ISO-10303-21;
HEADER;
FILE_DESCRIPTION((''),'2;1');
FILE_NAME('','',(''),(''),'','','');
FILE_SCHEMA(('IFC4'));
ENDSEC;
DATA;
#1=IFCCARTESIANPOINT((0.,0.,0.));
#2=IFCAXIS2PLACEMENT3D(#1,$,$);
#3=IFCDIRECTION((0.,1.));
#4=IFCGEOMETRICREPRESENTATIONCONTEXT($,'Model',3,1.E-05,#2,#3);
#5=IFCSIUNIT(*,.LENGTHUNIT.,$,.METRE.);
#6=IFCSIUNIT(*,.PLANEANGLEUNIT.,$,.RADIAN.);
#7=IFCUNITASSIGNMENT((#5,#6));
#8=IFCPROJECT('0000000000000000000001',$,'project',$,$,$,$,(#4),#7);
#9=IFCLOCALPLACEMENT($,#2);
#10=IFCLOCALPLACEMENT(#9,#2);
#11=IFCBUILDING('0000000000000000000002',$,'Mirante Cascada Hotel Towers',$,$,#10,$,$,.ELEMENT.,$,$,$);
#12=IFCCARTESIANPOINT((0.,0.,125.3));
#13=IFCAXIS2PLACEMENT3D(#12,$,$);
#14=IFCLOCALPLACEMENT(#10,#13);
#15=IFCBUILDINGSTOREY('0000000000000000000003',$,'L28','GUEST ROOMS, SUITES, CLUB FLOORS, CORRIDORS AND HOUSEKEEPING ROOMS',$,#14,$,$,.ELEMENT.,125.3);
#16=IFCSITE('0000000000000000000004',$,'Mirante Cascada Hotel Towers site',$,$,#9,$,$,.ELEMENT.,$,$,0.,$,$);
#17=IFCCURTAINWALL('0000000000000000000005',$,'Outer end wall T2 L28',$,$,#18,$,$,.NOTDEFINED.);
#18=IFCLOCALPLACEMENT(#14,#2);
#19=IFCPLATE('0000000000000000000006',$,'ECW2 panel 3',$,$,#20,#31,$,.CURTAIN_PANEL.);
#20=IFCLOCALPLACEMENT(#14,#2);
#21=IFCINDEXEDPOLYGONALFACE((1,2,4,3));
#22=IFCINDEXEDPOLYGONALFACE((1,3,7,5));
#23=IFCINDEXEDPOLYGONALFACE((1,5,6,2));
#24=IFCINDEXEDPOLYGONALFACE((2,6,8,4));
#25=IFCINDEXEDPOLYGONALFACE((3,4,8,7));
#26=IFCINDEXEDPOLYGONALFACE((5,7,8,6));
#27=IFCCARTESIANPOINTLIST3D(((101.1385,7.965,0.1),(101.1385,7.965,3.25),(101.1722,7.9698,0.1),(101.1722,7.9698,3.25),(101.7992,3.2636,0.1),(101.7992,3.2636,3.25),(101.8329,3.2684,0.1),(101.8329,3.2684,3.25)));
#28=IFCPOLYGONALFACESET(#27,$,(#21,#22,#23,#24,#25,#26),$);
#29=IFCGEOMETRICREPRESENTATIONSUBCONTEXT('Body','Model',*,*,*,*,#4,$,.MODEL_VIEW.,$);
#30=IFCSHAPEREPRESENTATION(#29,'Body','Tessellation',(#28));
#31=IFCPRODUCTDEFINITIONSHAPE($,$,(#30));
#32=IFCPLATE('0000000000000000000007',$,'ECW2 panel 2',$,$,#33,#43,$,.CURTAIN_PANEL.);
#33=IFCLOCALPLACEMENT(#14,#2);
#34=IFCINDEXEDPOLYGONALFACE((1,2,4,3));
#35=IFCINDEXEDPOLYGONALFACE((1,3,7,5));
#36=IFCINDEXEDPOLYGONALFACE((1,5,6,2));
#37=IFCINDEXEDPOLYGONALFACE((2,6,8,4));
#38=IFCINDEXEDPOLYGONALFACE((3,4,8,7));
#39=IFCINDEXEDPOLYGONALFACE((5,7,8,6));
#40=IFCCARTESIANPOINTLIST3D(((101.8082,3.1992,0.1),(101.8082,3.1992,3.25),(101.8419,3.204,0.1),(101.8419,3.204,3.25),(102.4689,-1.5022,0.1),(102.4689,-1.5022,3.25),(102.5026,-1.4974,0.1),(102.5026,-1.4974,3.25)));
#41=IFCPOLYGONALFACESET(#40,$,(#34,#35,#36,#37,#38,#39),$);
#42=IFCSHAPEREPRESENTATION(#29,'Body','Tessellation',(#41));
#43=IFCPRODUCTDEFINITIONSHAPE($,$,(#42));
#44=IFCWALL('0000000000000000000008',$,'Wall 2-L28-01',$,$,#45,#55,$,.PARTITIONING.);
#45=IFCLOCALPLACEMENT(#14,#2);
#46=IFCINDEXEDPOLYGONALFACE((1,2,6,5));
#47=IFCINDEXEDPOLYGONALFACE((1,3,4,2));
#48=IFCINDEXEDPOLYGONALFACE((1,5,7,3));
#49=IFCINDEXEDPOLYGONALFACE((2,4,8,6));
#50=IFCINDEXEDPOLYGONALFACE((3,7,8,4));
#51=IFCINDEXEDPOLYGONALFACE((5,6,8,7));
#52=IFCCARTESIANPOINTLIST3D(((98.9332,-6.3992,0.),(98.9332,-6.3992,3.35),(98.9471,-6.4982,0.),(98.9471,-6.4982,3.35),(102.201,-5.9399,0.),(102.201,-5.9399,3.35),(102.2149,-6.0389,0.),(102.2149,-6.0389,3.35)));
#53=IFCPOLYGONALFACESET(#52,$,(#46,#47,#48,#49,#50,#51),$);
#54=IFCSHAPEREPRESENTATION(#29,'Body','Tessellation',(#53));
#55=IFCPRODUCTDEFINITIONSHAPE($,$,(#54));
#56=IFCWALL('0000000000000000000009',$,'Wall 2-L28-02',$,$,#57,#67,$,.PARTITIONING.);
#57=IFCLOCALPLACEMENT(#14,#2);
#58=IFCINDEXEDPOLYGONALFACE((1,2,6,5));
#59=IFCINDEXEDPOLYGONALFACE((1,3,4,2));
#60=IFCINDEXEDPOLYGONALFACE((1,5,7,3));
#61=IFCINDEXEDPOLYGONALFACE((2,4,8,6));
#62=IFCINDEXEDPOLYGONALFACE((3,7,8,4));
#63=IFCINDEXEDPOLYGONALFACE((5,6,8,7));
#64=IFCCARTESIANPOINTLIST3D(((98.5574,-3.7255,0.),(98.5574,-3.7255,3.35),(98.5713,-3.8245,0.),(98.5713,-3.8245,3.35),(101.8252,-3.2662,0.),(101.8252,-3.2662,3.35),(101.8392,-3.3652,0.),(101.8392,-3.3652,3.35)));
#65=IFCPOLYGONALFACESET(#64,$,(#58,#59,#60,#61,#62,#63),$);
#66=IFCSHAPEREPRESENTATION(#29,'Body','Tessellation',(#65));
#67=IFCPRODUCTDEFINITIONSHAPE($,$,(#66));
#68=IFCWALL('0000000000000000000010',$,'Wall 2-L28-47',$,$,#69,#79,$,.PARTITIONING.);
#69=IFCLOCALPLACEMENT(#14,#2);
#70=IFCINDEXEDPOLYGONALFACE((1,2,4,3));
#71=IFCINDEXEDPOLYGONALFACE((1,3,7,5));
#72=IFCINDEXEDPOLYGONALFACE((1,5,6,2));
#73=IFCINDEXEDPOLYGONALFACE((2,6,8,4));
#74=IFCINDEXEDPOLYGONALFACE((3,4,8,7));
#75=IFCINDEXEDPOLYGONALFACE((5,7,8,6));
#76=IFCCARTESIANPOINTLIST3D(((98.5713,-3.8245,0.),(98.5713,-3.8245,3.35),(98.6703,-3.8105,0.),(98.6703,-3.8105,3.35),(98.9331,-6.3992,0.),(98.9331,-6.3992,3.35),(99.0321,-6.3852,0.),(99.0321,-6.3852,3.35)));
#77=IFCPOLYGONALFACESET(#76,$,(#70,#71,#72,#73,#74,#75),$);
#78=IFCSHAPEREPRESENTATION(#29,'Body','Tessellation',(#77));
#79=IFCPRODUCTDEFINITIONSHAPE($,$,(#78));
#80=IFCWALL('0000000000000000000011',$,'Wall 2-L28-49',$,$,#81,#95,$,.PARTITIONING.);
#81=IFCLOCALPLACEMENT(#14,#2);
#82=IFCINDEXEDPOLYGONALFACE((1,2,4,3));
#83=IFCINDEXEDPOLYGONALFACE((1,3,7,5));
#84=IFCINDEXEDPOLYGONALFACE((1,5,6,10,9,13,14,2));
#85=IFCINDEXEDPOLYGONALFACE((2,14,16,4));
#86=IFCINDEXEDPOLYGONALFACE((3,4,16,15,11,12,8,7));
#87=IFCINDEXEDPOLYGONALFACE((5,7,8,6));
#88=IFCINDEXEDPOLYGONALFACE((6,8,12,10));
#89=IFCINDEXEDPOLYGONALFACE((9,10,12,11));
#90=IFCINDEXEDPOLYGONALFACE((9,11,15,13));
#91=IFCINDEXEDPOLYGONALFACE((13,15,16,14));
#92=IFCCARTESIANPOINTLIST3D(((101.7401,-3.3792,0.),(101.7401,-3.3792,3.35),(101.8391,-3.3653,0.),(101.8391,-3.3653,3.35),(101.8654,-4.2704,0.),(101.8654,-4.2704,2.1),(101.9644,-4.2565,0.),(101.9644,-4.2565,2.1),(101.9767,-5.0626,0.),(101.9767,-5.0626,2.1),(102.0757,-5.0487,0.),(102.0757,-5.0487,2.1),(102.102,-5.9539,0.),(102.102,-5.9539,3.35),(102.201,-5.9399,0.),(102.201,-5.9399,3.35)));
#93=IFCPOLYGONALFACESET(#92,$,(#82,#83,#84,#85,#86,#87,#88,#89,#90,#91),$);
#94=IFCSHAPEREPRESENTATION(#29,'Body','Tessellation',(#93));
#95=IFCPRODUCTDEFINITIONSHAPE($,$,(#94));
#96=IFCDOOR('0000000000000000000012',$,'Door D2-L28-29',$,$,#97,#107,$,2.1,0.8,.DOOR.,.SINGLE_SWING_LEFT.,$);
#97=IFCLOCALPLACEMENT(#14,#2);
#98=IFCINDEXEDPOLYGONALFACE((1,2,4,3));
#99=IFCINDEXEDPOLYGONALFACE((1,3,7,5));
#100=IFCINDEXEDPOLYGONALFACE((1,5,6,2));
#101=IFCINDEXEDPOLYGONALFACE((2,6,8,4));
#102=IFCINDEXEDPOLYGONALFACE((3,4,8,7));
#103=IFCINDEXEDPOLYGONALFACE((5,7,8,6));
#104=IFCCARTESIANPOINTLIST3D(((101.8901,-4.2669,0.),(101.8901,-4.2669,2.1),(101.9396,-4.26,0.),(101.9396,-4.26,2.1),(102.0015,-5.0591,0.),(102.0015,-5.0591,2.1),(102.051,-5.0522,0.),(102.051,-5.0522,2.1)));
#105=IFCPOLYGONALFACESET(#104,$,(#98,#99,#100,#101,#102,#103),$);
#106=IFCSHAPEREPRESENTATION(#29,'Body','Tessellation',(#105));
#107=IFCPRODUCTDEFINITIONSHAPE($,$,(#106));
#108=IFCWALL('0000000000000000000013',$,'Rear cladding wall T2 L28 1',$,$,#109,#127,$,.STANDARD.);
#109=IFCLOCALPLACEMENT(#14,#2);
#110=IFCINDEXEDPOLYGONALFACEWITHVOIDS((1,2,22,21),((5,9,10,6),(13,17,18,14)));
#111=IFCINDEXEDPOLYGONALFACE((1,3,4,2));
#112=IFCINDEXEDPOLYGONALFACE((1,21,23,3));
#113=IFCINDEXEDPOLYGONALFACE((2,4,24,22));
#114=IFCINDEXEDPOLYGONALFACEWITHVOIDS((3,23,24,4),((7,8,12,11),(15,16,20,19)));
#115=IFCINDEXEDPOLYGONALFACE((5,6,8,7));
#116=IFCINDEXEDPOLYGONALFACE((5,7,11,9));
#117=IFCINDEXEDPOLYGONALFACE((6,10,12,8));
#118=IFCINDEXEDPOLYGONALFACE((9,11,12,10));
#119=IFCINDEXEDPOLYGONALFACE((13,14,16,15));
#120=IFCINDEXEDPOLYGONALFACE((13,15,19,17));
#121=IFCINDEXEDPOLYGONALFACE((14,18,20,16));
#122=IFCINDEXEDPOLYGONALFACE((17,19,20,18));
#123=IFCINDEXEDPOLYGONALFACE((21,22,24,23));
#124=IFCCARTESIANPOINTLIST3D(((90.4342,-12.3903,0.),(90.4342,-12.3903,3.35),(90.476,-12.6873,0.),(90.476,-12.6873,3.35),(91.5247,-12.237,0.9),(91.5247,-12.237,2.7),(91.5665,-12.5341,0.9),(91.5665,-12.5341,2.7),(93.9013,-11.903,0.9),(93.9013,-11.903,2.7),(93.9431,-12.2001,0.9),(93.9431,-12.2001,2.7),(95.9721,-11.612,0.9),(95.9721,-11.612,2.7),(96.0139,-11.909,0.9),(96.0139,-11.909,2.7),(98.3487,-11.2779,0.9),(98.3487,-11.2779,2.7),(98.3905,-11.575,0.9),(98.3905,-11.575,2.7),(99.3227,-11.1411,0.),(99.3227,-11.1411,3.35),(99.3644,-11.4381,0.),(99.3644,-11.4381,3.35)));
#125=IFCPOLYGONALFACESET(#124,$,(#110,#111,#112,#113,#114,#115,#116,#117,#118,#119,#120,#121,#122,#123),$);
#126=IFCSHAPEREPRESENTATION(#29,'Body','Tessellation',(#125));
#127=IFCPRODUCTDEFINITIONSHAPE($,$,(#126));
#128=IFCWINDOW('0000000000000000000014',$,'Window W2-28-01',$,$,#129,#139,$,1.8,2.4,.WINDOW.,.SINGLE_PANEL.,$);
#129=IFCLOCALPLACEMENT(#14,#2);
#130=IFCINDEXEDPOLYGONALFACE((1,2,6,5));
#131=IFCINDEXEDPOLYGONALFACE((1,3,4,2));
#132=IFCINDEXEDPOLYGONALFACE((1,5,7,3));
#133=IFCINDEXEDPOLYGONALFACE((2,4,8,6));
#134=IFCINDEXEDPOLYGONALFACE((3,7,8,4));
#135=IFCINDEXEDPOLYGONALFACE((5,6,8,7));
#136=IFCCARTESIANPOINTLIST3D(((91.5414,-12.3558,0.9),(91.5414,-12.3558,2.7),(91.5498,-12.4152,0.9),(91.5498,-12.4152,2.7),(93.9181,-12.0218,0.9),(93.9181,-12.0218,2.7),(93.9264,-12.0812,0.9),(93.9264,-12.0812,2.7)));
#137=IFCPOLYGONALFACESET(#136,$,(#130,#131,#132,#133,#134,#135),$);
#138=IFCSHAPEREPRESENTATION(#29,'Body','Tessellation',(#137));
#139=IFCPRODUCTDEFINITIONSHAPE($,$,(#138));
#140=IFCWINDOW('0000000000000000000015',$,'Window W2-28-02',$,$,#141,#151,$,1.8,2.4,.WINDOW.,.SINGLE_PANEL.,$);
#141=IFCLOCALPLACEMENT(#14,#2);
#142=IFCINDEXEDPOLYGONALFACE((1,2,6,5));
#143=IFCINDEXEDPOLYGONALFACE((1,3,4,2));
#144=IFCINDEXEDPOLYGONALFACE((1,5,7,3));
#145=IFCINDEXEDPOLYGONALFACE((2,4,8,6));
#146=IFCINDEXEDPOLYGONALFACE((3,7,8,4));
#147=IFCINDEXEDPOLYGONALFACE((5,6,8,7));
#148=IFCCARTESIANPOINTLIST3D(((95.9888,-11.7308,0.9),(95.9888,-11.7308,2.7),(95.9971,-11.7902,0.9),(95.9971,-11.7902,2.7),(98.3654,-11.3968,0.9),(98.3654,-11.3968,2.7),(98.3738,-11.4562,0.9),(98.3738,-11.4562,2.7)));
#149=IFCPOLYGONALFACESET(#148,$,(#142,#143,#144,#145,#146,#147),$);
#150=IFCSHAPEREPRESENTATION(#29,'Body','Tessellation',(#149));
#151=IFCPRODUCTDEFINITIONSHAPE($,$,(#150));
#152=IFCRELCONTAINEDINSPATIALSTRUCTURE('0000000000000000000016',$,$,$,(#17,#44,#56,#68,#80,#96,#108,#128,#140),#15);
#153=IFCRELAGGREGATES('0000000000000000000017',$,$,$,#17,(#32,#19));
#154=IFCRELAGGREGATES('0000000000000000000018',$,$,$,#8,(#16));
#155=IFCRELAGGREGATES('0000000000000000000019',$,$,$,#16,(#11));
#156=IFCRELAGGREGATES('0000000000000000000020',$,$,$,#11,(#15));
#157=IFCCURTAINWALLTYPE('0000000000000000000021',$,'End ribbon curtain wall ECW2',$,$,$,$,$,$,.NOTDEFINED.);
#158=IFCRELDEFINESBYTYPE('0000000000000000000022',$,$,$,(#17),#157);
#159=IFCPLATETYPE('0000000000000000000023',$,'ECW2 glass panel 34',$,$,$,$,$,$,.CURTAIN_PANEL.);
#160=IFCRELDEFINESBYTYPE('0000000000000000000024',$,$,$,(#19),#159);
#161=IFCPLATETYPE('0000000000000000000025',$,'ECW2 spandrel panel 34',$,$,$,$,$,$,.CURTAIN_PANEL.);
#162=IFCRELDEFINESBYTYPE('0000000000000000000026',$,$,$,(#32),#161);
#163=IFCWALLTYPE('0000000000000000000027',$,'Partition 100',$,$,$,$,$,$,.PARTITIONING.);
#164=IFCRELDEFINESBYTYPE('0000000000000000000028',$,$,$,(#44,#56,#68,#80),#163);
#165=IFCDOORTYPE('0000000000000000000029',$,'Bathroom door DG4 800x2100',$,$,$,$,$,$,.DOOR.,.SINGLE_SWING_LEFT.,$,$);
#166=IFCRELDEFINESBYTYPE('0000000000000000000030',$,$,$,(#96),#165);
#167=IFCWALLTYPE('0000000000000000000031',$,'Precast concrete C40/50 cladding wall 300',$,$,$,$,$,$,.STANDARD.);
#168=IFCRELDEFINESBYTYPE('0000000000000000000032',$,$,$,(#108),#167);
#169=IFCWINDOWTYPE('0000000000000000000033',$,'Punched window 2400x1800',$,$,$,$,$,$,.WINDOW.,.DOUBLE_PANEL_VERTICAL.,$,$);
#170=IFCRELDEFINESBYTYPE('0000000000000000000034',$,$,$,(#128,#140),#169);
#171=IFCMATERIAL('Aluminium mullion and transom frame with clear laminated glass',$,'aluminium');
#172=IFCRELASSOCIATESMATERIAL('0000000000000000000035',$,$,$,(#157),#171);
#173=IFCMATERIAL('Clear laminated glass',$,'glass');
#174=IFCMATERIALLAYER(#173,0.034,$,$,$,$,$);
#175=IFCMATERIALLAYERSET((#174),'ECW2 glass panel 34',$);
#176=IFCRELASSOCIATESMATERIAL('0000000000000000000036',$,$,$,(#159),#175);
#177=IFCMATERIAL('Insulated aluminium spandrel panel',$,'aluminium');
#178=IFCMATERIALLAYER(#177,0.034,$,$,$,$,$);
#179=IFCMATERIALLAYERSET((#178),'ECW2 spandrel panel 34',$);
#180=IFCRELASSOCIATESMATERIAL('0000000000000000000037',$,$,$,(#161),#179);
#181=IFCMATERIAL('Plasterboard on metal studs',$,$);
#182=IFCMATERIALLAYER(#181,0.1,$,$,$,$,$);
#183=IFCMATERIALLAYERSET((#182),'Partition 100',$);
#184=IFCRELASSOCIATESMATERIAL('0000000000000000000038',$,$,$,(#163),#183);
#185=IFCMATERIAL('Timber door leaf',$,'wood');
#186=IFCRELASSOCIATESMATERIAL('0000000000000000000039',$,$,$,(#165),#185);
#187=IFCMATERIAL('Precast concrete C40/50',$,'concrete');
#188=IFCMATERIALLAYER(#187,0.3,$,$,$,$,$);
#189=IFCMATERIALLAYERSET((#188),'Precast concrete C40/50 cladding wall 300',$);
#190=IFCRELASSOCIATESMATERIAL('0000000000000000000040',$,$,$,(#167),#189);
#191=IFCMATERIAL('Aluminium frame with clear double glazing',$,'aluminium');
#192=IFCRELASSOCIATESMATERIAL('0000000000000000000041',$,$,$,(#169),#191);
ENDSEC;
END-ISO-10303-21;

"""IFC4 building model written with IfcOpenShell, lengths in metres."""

from ifc_helpers import new_model, si_unit, direction, frame, frame_2d, origin, origin_2d, place, context, subcontext, project, spatial, rectangle, extrude, material, layer, layer_set, type_object, element, fill, aggregate, save


model = new_model("IFC4")

# Units and contexts
model_context = context("Model", 3, precision=1e-05, world=origin(), true_north=direction((0.0, 1.0)))
body_context = subcontext(model_context, "Body", "Model", "MODEL_VIEW")
ifc_project = project(units=[si_unit("LENGTHUNIT", "METRE"), si_unit("PLANEANGLEUNIT", "RADIAN")], contexts=[model_context])

# Site, building, storey
site_placement = place(None, origin())
site = spatial("IfcSite", under=ifc_project, at=site_placement, Name="Mirante Cascada Hotel Towers site", CompositionType="ELEMENT", RefElevation=0.0)
building_placement = place(site_placement, origin())
building = spatial("IfcBuilding", under=site, at=building_placement, Name="Mirante Cascada Hotel Towers", CompositionType="ELEMENT")
storey_placement = place(building_placement, frame((0.0, 0.0, 125.3)))
storey = spatial("IfcBuildingStorey", under=building, at=storey_placement, Name="L28", Description="GUEST ROOMS, SUITES, CLUB FLOORS, CORRIDORS AND HOUSEKEEPING ROOMS", CompositionType="ELEMENT", Elevation=125.3)

# Curtain wall, plates
ifc_material_1 = material(Name="Aluminium mullion and transom frame with clear laminated glass", Category="aluminium")
curtain_wall_type = type_object("IfcCurtainWallType", Name="End ribbon curtain wall ECW2", PredefinedType="NOTDEFINED", material=ifc_material_1)
curtain_wall_placement = place(storey_placement, origin())
curtain_wall = element("IfcCurtainWall", 1, at=curtain_wall_placement, inside=storey, type_object=curtain_wall_type, Name="Outer end wall T2 L28", PredefinedType="NOTDEFINED")
ifc_material_2 = material(Name="Clear laminated glass", Category="glass")
ifc_layer_1 = layer(ifc_material_2, 0.034)
ifc_layer_set_1 = layer_set([ifc_layer_1], Name="ECW2 glass panel 34")
plate_type_1 = type_object("IfcPlateType", Name="ECW2 glass panel 34", PredefinedType="CURTAIN_PANEL", material=ifc_layer_set_1)
plate_1_placement = place(storey_placement, frame((101.4857, 5.6167, 0.1), z_axis=(0.0, 0.0, 1.0), x_axis=(-0.139173, 0.990268, 0.0)))
plate_1 = element("IfcPlate", 2, at=plate_1_placement, type_object=plate_type_1, Name="ECW2 panel 3", PredefinedType="CURTAIN_PANEL", context=body_context, shape_type="SweptSolid", body=[
    extrude(rectangle(XDim=4.7476, YDim=0.034, at=origin_2d()), origin(), (0.0, 0.0, 1.0), 3.15),
])
ifc_material_3 = material(Name="Insulated aluminium spandrel panel", Category="aluminium")
ifc_layer_2 = layer(ifc_material_3, 0.034)
ifc_layer_set_2 = layer_set([ifc_layer_2], Name="ECW2 spandrel panel 34")
plate_type_2 = type_object("IfcPlateType", Name="ECW2 spandrel panel 34", PredefinedType="CURTAIN_PANEL", material=ifc_layer_set_2)
plate_2_placement = place(storey_placement, frame((102.1554, 0.8509, 0.1), z_axis=(0.0, 0.0, 1.0), x_axis=(-0.139173, 0.990268, 0.0)))
plate_2 = element("IfcPlate", 3, at=plate_2_placement, type_object=plate_type_2, Name="ECW2 panel 2", PredefinedType="CURTAIN_PANEL", context=body_context, shape_type="SweptSolid", body=[
    extrude(rectangle(XDim=4.7476, YDim=0.034, at=origin_2d()), origin(), (0.0, 0.0, 1.0), 3.15),
])
aggregate(curtain_wall, [plate_2, plate_1])

# Walls
ifc_material_4 = material(Name="Plasterboard on metal studs")
ifc_layer_3 = layer(ifc_material_4, 0.1)
ifc_layer_set_3 = layer_set([ifc_layer_3], Name="Partition 100")
wall_type_1 = type_object("IfcWallType", Name="Partition 100", PredefinedType="PARTITIONING", material=ifc_layer_set_3)
wall_1_placement = place(storey_placement, frame((98.9401, -6.4487, 0.0), z_axis=(0.0, 0.0, 1.0), x_axis=(0.990266, 0.139185, 0.0)))
element("IfcWall", 4, at=wall_1_placement, inside=storey, type_object=wall_type_1, Name="Wall 2-L28-01", PredefinedType="PARTITIONING", context=body_context, shape_type="SweptSolid", body=[
    extrude(rectangle(XDim=3.2999, YDim=0.1, at=frame_2d((1.65, 0.0))), origin(), (0.0, 0.0, 1.0), 3.35),
])
wall_2_placement = place(storey_placement, frame((101.8322, -3.3157, 0.0), z_axis=(0.0, 0.0, 1.0), x_axis=(-0.990267, -0.139181, 0.0)))
element("IfcWall", 5, at=wall_2_placement, inside=storey, type_object=wall_type_1, Name="Wall 2-L28-02", PredefinedType="PARTITIONING", context=body_context, shape_type="SweptSolid", body=[
    extrude(rectangle(XDim=3.3, YDim=0.1, at=frame_2d((1.65, 0.0))), origin(), (0.0, 0.0, 1.0), 3.35),
])
wall_3_placement = place(storey_placement, frame((98.9826, -6.3922, 0.0), z_axis=(0.0, 0.0, 1.0), x_axis=(-0.139154, 0.990271, 0.0)))
element("IfcWall", 6, at=wall_3_placement, inside=storey, type_object=wall_type_1, Name="Wall 2-L28-47", PredefinedType="PARTITIONING", context=body_context, shape_type="SweptSolid", body=[
    extrude(rectangle(XDim=2.6, YDim=0.1, at=frame_2d((1.3, 0.0))), origin(), (0.0, 0.0, 1.0), 3.35),
])

# Wall, opening, door
wall_4_placement = place(storey_placement, frame((102.1515, -5.9469, 0.0), z_axis=(0.0, 0.0, 1.0), x_axis=(-0.139192, 0.990265, 0.0)))
wall_4 = element("IfcWall", 7, at=wall_4_placement, inside=storey, type_object=wall_type_1, Name="Wall 2-L28-49", PredefinedType="PARTITIONING", context=body_context, shape_type="SweptSolid", body=[
    extrude(rectangle(XDim=2.6, YDim=0.1, at=frame_2d((1.3, 0.0))), origin(), (0.0, 0.0, 1.0), 3.35),
])
opening_1_placement = place(wall_4_placement, frame((0.9, 0.0, 0.0)))
opening_1 = element("IfcOpeningElement", 8, at=opening_1_placement, cuts=wall_4, PredefinedType="OPENING", context=body_context, shape_type="SweptSolid", body=[
    extrude(rectangle(XDim=0.8, YDim=2.1, at=frame_2d((0.4, 1.05))), frame((0.0, 0.05, 0.0), z_axis=(0.0, -1.0, 0.0), x_axis=(1.0, 0.0, 0.0)), (0.0, 0.0, 1.0), 0.1),
])
ifc_material_5 = material(Name="Timber door leaf", Category="wood")
door_type_1 = type_object("IfcDoorType", Name="Bathroom door DG4 800x2100", OperationType="SINGLE_SWING_LEFT", PredefinedType="DOOR", material=ifc_material_5)
door_1_placement = place(opening_1_placement, origin())
door_1 = element("IfcDoor", 9, at=door_1_placement, inside=storey, type_object=door_type_1, Name="Door D2-L28-29", OperationType="SINGLE_SWING_LEFT", OverallHeight=2.1, OverallWidth=0.8, PredefinedType="DOOR", context=body_context, shape_type="SweptSolid", body=[
    extrude(rectangle(XDim=0.8, YDim=2.1, at=frame_2d((0.4, 1.05))), frame((0.0, 0.025, 0.0), z_axis=(0.0, -1.0, 0.0), x_axis=(1.0, 0.0, 0.0)), (0.0, 0.0, 1.0), 0.05),
])
fill(opening_1, door_1)

# Wall, openings, windows
ifc_material_6 = material(Name="Precast concrete C40/50", Category="concrete")
ifc_layer_4 = layer(ifc_material_6, 0.3)
ifc_layer_set_4 = layer_set([ifc_layer_4], Name="Precast concrete C40/50 cladding wall 300")
wall_type_2 = type_object("IfcWallType", Name="Precast concrete C40/50 cladding wall 300", PredefinedType="STANDARD", material=ifc_layer_set_4)
wall_5_placement = place(storey_placement, frame((90.4551, -12.5388, 0.0), z_axis=(0.0, 0.0, 1.0), x_axis=(0.990268, 0.139175, 0.0)))
wall_5 = element("IfcWall", 10, at=wall_5_placement, inside=storey, type_object=wall_type_2, Name="Rear cladding wall T2 L28 1", PredefinedType="STANDARD", context=body_context, shape_type="SweptSolid", body=[
    extrude(rectangle(XDim=8.9758, YDim=0.3, at=frame_2d((4.4879, 0.0))), origin(), (0.0, 0.0, 1.0), 3.35),
])
opening_2_placement = place(wall_5_placement, frame((1.1012, 0.0, 0.9)))
opening_2 = element("IfcOpeningElement", 11, at=opening_2_placement, cuts=wall_5, PredefinedType="OPENING", context=body_context, shape_type="SweptSolid", body=[
    extrude(rectangle(XDim=2.4, YDim=1.8, at=frame_2d((1.2, 0.9))), frame((0.0, 0.15, 0.0), z_axis=(0.0, -1.0, 0.0), x_axis=(1.0, 0.0, 0.0)), (0.0, 0.0, 1.0), 0.3),
])
opening_3_placement = place(wall_5_placement, frame((5.5923, 0.0, 0.9)))
opening_3 = element("IfcOpeningElement", 12, at=opening_3_placement, cuts=wall_5, PredefinedType="OPENING", context=body_context, shape_type="SweptSolid", body=[
    extrude(rectangle(XDim=2.4, YDim=1.8, at=frame_2d((1.2, 0.9))), frame((0.0, 0.15, 0.0), z_axis=(0.0, -1.0, 0.0), x_axis=(1.0, 0.0, 0.0)), (0.0, 0.0, 1.0), 0.3),
])
ifc_material_7 = material(Name="Aluminium frame with clear double glazing", Category="aluminium")
window_type_1 = type_object("IfcWindowType", Name="Punched window 2400x1800", PartitioningType="DOUBLE_PANEL_VERTICAL", PredefinedType="WINDOW", material=ifc_material_7)
window_1_placement = place(opening_2_placement, origin())
window_1 = element("IfcWindow", 13, at=window_1_placement, inside=storey, type_object=window_type_1, Name="Window W2-28-01", OverallHeight=1.8, OverallWidth=2.4, PartitioningType="SINGLE_PANEL", PredefinedType="WINDOW", context=body_context, shape_type="SweptSolid", body=[
    extrude(rectangle(XDim=2.4, YDim=1.8, at=frame_2d((1.2, 0.9))), frame((0.0, 0.03, 0.0), z_axis=(0.0, -1.0, 0.0), x_axis=(1.0, 0.0, 0.0)), (0.0, 0.0, 1.0), 0.06),
])
fill(opening_2, window_1)
window_2_placement = place(opening_3_placement, origin())
window_2 = element("IfcWindow", 14, at=window_2_placement, inside=storey, type_object=window_type_1, Name="Window W2-28-02", OverallHeight=1.8, OverallWidth=2.4, PartitioningType="SINGLE_PANEL", PredefinedType="WINDOW", context=body_context, shape_type="SweptSolid", body=[
    extrude(rectangle(XDim=2.4, YDim=1.8, at=frame_2d((1.2, 0.9))), frame((0.0, 0.03, 0.0), z_axis=(0.0, -1.0, 0.0), x_axis=(1.0, 0.0, 0.0)), (0.0, 0.0, 1.0), 0.06),
])
fill(opening_3, window_2)

save(model, "model.ifc")
